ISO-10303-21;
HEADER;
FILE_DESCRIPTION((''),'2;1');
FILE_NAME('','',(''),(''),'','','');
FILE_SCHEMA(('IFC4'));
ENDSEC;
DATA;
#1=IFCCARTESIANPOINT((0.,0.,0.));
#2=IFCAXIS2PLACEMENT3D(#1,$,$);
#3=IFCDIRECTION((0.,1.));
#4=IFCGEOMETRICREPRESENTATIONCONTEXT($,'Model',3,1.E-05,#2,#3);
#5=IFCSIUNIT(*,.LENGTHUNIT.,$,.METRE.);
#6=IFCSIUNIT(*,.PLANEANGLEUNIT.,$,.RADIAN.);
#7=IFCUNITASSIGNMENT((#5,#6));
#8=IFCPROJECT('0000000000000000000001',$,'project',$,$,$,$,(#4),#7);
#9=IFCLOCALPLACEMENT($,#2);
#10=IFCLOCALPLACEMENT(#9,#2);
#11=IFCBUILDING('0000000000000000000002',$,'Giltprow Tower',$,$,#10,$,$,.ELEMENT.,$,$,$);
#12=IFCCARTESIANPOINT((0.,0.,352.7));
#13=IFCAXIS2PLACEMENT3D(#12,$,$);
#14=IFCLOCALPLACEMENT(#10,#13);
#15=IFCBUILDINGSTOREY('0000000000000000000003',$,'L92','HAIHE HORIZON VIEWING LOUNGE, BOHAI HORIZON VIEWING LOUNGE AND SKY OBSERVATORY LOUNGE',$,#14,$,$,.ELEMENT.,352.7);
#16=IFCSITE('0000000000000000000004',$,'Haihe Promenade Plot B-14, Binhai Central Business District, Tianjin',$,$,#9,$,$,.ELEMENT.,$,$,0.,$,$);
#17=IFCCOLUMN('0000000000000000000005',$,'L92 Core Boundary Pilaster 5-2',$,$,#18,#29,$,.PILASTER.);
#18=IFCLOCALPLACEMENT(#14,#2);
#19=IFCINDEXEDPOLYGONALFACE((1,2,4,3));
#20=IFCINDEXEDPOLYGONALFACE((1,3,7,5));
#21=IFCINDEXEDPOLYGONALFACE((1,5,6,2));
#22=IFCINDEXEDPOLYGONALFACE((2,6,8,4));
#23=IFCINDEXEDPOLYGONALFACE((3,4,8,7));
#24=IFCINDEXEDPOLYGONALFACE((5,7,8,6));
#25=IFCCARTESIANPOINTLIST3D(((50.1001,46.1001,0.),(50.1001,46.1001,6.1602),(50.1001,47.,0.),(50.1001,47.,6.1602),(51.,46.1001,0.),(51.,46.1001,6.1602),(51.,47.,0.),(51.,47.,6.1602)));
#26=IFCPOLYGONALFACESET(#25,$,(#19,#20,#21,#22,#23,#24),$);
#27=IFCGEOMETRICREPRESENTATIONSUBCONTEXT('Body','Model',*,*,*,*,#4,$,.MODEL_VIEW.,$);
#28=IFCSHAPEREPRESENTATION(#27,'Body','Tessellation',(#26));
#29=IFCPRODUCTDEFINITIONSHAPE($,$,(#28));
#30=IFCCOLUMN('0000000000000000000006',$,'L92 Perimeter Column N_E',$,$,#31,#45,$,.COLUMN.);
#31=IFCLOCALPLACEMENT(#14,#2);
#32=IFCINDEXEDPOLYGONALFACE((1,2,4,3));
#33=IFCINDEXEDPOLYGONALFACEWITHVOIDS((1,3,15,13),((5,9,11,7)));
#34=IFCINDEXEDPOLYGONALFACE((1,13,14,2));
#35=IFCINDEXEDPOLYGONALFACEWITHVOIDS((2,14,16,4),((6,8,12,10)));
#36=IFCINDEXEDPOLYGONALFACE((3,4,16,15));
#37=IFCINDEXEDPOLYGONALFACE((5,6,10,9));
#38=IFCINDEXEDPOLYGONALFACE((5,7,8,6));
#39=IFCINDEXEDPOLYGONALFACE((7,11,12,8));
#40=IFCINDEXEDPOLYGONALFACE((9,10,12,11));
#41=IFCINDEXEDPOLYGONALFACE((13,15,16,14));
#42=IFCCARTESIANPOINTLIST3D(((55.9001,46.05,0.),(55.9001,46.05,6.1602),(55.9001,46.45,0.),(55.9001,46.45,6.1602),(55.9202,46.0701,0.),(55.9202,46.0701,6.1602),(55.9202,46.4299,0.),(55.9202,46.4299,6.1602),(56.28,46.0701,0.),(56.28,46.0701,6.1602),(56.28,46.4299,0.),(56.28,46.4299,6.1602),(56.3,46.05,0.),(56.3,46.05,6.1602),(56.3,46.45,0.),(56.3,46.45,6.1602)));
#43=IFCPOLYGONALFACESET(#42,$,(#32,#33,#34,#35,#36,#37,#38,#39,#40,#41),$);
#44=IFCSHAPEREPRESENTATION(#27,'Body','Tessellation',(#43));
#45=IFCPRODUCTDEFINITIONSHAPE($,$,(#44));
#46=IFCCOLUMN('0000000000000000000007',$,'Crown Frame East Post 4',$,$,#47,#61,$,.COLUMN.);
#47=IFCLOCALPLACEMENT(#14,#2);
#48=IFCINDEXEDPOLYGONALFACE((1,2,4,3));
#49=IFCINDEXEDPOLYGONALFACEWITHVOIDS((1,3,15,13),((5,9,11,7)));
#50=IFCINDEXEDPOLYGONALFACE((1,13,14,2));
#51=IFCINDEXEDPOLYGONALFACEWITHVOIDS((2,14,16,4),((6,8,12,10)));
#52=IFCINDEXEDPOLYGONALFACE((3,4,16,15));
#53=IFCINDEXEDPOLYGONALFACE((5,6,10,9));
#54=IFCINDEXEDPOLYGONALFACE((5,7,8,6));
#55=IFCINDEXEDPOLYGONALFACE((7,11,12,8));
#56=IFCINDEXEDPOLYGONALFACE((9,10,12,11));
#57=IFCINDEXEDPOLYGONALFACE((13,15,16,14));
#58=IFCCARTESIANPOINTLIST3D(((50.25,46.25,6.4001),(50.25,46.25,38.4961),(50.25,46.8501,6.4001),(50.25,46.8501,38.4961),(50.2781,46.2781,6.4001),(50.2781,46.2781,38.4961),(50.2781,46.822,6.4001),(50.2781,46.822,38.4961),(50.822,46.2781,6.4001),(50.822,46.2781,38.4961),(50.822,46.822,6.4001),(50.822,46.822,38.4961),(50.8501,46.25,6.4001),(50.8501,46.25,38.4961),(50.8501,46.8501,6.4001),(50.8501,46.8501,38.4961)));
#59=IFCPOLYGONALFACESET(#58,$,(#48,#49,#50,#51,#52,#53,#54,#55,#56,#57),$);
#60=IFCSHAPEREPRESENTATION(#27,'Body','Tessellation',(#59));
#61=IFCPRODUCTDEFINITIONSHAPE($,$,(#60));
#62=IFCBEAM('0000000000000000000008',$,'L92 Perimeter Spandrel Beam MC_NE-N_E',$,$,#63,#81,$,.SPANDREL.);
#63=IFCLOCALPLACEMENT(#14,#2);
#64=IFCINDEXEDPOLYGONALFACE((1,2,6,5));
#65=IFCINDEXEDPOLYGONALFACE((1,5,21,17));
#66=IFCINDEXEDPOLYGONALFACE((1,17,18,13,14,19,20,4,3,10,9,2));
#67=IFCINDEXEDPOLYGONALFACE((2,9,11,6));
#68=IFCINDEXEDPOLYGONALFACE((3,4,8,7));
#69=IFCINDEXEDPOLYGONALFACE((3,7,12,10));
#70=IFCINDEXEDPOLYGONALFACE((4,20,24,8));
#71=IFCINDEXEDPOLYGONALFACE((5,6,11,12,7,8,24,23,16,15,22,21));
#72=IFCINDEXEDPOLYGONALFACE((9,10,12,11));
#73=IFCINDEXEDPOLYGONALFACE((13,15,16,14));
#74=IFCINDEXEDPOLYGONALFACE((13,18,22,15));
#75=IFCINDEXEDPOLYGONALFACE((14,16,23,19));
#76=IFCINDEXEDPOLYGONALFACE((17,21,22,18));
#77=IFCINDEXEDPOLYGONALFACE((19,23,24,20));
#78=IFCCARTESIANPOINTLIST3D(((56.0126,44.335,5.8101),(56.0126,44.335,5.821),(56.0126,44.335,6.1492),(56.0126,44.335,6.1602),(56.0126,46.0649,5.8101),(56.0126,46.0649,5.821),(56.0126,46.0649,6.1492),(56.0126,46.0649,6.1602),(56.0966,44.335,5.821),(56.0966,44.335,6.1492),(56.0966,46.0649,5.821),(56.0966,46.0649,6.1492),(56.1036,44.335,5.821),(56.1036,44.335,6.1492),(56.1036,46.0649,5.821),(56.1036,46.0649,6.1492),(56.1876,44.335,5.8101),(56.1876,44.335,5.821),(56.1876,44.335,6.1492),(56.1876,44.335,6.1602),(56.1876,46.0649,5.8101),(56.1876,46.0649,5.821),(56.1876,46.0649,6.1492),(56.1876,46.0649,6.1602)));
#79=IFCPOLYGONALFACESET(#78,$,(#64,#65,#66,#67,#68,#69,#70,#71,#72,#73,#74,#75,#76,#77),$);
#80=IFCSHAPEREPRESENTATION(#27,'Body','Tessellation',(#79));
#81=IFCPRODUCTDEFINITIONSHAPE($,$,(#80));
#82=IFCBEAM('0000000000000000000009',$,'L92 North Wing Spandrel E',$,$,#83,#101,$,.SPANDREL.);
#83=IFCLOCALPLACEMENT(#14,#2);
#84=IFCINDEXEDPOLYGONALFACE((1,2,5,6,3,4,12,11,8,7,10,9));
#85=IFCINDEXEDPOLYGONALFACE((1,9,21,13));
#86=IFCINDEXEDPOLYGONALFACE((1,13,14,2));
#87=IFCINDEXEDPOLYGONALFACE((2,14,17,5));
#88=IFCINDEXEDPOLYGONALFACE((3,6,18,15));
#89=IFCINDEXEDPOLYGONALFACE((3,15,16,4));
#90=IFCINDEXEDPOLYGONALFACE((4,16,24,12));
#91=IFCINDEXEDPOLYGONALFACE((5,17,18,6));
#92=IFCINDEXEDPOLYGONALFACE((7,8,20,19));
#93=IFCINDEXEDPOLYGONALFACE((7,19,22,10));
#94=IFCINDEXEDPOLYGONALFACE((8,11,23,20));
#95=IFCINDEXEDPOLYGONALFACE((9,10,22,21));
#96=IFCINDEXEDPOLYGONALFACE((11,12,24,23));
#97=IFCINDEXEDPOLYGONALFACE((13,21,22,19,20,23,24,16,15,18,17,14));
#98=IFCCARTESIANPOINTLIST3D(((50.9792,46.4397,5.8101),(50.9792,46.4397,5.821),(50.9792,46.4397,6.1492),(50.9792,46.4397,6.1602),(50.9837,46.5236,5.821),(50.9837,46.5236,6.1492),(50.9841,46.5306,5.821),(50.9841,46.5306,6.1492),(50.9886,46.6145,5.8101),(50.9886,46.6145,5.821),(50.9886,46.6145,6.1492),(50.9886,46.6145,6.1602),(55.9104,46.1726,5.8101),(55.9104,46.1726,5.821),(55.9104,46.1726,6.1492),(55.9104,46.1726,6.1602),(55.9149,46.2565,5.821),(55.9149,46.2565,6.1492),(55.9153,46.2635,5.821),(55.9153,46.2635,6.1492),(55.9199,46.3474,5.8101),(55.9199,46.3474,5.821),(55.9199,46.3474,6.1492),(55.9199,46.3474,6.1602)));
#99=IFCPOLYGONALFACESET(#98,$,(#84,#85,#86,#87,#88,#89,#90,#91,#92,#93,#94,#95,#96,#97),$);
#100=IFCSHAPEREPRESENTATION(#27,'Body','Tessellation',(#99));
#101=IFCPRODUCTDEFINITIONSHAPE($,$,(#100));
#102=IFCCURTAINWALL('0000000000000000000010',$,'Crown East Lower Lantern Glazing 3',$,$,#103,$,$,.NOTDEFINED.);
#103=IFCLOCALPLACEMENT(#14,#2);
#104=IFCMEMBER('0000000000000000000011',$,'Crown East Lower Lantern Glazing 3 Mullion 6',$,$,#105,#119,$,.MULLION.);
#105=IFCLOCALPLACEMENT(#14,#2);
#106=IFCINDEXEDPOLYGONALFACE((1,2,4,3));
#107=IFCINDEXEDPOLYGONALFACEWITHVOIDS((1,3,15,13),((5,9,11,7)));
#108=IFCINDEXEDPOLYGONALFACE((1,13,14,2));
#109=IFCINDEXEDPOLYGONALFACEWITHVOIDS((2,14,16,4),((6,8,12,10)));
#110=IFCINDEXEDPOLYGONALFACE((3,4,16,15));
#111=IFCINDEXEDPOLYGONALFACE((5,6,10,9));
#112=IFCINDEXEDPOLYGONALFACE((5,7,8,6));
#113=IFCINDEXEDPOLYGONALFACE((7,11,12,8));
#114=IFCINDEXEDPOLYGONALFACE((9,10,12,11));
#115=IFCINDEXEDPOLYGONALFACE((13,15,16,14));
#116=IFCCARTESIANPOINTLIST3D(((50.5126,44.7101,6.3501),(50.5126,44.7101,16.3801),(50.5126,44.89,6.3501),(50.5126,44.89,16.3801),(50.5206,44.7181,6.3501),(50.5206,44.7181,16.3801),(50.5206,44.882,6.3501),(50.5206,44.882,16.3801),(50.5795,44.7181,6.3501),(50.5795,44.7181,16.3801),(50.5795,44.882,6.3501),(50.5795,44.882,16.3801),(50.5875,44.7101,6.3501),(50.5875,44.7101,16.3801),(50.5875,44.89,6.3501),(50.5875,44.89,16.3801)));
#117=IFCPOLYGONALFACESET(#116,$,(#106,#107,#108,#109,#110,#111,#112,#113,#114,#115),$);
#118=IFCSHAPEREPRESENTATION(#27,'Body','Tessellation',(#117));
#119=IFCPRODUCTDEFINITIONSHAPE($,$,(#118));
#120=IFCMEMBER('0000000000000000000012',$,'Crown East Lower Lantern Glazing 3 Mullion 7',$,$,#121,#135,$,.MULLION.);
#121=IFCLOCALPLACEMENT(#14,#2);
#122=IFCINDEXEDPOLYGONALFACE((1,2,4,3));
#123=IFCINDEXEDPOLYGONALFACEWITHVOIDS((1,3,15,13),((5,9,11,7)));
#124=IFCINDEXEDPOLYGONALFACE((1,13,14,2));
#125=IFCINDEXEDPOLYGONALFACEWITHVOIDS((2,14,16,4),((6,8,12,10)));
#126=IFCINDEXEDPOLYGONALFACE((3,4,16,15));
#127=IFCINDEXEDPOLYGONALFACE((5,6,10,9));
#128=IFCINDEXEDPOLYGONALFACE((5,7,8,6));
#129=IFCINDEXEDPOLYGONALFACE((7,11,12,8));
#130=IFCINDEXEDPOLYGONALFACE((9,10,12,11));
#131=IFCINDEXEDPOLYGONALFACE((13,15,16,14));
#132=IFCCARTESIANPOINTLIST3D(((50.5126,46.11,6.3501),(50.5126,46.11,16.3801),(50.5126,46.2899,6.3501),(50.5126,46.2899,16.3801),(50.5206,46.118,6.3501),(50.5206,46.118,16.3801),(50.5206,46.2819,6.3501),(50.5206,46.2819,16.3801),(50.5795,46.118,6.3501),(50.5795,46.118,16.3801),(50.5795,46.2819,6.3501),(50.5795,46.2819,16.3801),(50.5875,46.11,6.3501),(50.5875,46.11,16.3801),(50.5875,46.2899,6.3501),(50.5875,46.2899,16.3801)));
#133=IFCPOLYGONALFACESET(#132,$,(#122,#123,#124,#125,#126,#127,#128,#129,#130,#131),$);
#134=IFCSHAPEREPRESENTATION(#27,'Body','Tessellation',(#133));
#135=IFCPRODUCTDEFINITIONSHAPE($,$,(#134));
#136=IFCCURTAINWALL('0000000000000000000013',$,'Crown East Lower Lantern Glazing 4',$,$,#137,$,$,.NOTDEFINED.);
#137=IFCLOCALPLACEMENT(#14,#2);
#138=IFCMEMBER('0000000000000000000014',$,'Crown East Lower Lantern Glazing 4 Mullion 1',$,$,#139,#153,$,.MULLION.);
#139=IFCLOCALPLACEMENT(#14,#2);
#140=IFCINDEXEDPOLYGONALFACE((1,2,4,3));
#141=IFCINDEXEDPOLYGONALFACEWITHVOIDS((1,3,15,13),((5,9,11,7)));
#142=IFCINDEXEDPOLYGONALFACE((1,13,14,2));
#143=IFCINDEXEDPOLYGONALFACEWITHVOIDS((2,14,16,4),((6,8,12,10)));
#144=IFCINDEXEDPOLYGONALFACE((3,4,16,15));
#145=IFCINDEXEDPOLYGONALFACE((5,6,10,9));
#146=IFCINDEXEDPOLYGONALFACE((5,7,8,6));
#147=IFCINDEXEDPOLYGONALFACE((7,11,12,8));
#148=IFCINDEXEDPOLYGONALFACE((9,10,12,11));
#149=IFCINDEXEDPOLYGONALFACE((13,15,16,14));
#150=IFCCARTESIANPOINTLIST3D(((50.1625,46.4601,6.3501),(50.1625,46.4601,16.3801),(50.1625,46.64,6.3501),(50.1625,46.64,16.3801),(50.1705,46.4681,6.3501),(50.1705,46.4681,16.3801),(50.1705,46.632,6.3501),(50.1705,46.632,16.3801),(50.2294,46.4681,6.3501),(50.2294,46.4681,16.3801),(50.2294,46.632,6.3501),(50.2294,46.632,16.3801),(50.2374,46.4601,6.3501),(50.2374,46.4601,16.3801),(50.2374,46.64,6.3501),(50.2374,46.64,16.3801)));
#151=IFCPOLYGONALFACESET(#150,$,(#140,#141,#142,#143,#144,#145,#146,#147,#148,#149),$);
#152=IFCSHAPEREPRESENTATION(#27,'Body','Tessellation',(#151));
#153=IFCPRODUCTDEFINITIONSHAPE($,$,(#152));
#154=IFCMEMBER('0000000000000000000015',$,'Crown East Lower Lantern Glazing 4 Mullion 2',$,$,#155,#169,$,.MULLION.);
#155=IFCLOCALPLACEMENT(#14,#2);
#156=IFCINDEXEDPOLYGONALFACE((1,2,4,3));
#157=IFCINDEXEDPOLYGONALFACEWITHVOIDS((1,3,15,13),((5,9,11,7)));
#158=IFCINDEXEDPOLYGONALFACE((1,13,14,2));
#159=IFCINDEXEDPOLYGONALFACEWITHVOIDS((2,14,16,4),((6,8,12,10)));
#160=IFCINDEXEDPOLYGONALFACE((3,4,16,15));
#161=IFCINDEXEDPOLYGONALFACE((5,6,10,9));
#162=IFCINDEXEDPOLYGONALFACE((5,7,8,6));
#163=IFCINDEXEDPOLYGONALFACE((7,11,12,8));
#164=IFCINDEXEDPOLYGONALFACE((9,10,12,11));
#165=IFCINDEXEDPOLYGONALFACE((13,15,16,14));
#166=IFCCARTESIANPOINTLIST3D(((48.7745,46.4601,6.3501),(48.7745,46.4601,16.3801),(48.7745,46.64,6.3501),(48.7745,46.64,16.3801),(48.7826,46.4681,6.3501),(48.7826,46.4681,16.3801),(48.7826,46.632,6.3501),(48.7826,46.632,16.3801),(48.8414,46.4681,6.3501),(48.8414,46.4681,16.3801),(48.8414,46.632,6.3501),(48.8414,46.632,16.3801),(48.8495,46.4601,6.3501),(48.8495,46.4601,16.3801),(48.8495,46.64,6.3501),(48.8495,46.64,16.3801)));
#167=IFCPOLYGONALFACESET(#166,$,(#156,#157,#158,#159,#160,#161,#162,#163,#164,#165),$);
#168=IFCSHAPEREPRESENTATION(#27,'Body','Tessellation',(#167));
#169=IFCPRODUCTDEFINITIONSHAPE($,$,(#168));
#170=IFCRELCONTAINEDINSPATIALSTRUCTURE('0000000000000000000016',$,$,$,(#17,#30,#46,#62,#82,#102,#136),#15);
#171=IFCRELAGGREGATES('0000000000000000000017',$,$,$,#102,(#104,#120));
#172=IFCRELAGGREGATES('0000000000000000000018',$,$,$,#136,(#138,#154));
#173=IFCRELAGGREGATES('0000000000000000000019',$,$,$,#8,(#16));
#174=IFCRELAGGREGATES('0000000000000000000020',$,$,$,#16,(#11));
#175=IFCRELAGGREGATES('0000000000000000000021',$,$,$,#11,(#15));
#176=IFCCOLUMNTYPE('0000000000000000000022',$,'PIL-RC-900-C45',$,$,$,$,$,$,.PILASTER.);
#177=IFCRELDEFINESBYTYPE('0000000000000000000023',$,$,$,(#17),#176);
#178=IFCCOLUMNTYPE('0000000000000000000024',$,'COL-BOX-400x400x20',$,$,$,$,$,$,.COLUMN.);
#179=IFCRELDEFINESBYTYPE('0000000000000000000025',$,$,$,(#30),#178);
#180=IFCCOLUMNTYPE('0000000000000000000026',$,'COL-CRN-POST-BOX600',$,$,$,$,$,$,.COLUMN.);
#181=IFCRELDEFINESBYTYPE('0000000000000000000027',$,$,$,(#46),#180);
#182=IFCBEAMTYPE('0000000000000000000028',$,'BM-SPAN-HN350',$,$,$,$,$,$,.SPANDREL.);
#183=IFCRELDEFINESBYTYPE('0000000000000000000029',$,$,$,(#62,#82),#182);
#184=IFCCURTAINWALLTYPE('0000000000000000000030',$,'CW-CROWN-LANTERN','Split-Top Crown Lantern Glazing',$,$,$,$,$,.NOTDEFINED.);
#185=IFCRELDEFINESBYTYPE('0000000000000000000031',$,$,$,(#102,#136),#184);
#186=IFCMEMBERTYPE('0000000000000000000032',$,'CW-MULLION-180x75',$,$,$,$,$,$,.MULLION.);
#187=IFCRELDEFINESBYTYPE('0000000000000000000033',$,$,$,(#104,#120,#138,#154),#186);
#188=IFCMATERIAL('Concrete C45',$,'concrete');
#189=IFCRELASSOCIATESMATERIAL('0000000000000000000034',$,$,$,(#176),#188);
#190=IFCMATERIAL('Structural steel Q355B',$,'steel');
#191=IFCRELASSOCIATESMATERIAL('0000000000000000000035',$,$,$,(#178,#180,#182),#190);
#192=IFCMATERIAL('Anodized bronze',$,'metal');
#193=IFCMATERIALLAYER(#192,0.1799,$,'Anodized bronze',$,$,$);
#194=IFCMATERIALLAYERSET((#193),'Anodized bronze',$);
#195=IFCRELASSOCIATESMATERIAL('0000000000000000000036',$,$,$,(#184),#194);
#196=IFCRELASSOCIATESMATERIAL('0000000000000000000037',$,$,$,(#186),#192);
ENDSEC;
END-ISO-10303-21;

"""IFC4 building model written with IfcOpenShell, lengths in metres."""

from ifc_helpers import new_model, si_unit, direction, frame, origin, origin_2d, place, context, subcontext, project, spatial, rectangle, hollow_rectangle, i_section, extrude, source, transform, mapped, material, layer, layer_set, material_profile, profile_set, type_object, element, aggregate, save


model = new_model("IFC4")

# Units and contexts
model_context = context("Model", 3, precision=1e-05, world=origin(), true_north=direction((0.0, 1.0)))
body_context = subcontext(model_context, "Body", "Model", "MODEL_VIEW")
ifc_project = project(units=[si_unit("LENGTHUNIT", "METRE"), si_unit("PLANEANGLEUNIT", "RADIAN")], contexts=[model_context])

# Site, building, storey
site_placement = place(None, origin())
site = spatial("IfcSite", under=ifc_project, at=site_placement, Name="Haihe Promenade Plot B-14, Binhai Central Business District, Tianjin", CompositionType="ELEMENT", RefElevation=0.0)
building_placement = place(site_placement, origin())
building = spatial("IfcBuilding", under=site, at=building_placement, Name="Giltprow Tower", CompositionType="ELEMENT")
storey_placement = place(building_placement, frame((0.0, 0.0, 352.7)))
storey = spatial("IfcBuildingStorey", under=building, at=storey_placement, Name="L92", Description="HAIHE HORIZON VIEWING LOUNGE, BOHAI HORIZON VIEWING LOUNGE AND SKY OBSERVATORY LOUNGE", CompositionType="ELEMENT", Elevation=352.7)

# Columns
ifc_material_1 = material(Name="Concrete C45", Category="concrete")
ifc_material_profile_1 = material_profile(ifc_material_1, rectangle(XDim=0.8999, YDim=0.8999, at=origin_2d()), Name="RC 900x900")
ifc_profile_set_1 = profile_set([ifc_material_profile_1], Name="Concrete C45")
column_type_1 = type_object("IfcColumnType", Name="PIL-RC-900-C45", PredefinedType="PILASTER", material=ifc_profile_set_1)
shared_shape_1 = source(origin(), body_context, "Body", "SweptSolid", [
    extrude(rectangle(XDim=0.8999, YDim=0.8999, at=origin_2d()), origin(), (0.0, 0.0, 1.0), 6.1602),
])
column_1_placement = place(storey_placement, frame((50.55, 46.55, 0.0), z_axis=(0.0, 0.0, 1.0), x_axis=(1.0, 0.0, 0.0)))
element("IfcColumn", 1, at=column_1_placement, inside=storey, type_object=column_type_1, Name="L92 Core Boundary Pilaster 5-2", PredefinedType="PILASTER", context=body_context, shape_type="MappedRepresentation", body=[
    mapped(shared_shape_1, transform((0.0, 0.0, 0.0), x_axis=(1.0, 0.0, 0.0), y_axis=(0.0, 1.0, 0.0), z_axis=(0.0, 0.0, 1.0), scale=1.0)),
])
ifc_material_2 = material(Name="Structural steel Q355B", Category="steel")
ifc_material_profile_2 = material_profile(ifc_material_2, hollow_rectangle(XDim=0.3999, YDim=0.3999, WallThickness=0.02, at=origin_2d()), Name="BOX 400x400x20")
ifc_profile_set_2 = profile_set([ifc_material_profile_2], Name="Structural steel Q355B")
column_type_2 = type_object("IfcColumnType", Name="COL-BOX-400x400x20", PredefinedType="COLUMN", material=ifc_profile_set_2)
shared_shape_2 = source(origin(), body_context, "Body", "SweptSolid", [
    extrude(hollow_rectangle(XDim=0.3999, YDim=0.3999, WallThickness=0.02, at=origin_2d()), origin(), (0.0, 0.0, 1.0), 6.1602),
])
column_2_placement = place(storey_placement, frame((56.1001, 46.25, 0.0), z_axis=(0.0, 0.0, 1.0), x_axis=(1.0, 0.0, 0.0)))
element("IfcColumn", 2, at=column_2_placement, inside=storey, type_object=column_type_2, Name="L92 Perimeter Column N_E", PredefinedType="COLUMN", context=body_context, shape_type="MappedRepresentation", body=[
    mapped(shared_shape_2, transform((0.0, 0.0, 0.0), x_axis=(1.0, 0.0, 0.0), y_axis=(0.0, 1.0, 0.0), z_axis=(0.0, 0.0, 1.0), scale=1.0)),
])
ifc_material_profile_3 = material_profile(ifc_material_2, hollow_rectangle(XDim=0.6001, YDim=0.6001, WallThickness=0.0281, at=origin_2d()), Name="BOX 600x600x28")
ifc_profile_set_3 = profile_set([ifc_material_profile_3], Name="Structural steel Q355B")
column_type_3 = type_object("IfcColumnType", Name="COL-CRN-POST-BOX600", PredefinedType="COLUMN", material=ifc_profile_set_3)
shared_shape_3 = source(origin(), body_context, "Body", "SweptSolid", [
    extrude(hollow_rectangle(XDim=0.6001, YDim=0.6001, WallThickness=0.0281, at=origin_2d()), origin(), (0.0, 0.0, 1.0), 32.0959),
])
column_3_placement = place(storey_placement, frame((50.55, 46.55, 6.4001), z_axis=(0.0, 0.0, 1.0), x_axis=(1.0, 0.0, 0.0)))
element("IfcColumn", 3, at=column_3_placement, inside=storey, type_object=column_type_3, Name="Crown Frame East Post 4", PredefinedType="COLUMN", context=body_context, shape_type="MappedRepresentation", body=[
    mapped(shared_shape_3, transform((0.0, 0.0, 0.0), x_axis=(1.0, 0.0, 0.0), y_axis=(0.0, 1.0, 0.0), z_axis=(0.0, 0.0, 1.0), scale=1.0)),
])

# Beams
ifc_material_profile_4 = material_profile(ifc_material_2, i_section(OverallWidth=0.175, OverallDepth=0.3501, WebThickness=0.0071, FlangeThickness=0.011, at=origin_2d()), Name="HN 350x175x7x11")
ifc_profile_set_4 = profile_set([ifc_material_profile_4], Name="Structural steel Q355B")
beam_type = type_object("IfcBeamType", Name="BM-SPAN-HN350", PredefinedType="SPANDREL", material=ifc_profile_set_4)
shared_shape_4 = source(origin(), body_context, "Body", "SweptSolid", [
    extrude(i_section(OverallWidth=0.175, OverallDepth=0.3501, WebThickness=0.0071, FlangeThickness=0.011, at=origin_2d()), origin(), (0.0, 0.0, 1.0), 1.73),
])
beam_1_placement = place(storey_placement, frame((56.1001, 44.335, 5.9851), z_axis=(0.0, 1.0, 0.0), x_axis=(-1.0, 0.0, 0.0)))
element("IfcBeam", 4, at=beam_1_placement, inside=storey, type_object=beam_type, Name="L92 Perimeter Spandrel Beam MC_NE-N_E", PredefinedType="SPANDREL", context=body_context, shape_type="MappedRepresentation", body=[
    mapped(shared_shape_4, transform((0.0, 0.0, 0.0), x_axis=(1.0, 0.0, 0.0), y_axis=(0.0, 1.0, 0.0), z_axis=(0.0, 0.0, 1.0), scale=1.0)),
])
shared_shape_5 = source(origin(), body_context, "Body", "SweptSolid", [
    extrude(i_section(OverallWidth=0.175, OverallDepth=0.3501, WebThickness=0.0071, FlangeThickness=0.011, at=origin_2d()), origin(), (0.0, 0.0, 1.0), 4.9385),
])
beam_2_placement = place(storey_placement, frame((50.9839, 46.5271, 5.9851), z_axis=(0.998536, -0.054085, 0.0), x_axis=(0.054085, 0.998536, 0.0)))
element("IfcBeam", 5, at=beam_2_placement, inside=storey, type_object=beam_type, Name="L92 North Wing Spandrel E", PredefinedType="SPANDREL", context=body_context, shape_type="MappedRepresentation", body=[
    mapped(shared_shape_5, transform((0.0, 0.0, 0.0), x_axis=(1.0, 0.0, 0.0), y_axis=(0.0, 1.0, 0.0), z_axis=(0.0, 0.0, 1.0), scale=1.0)),
])

# Curtain walls, members
ifc_material_3 = material(Name="Anodized bronze", Category="metal")
ifc_layer_1 = layer(ifc_material_3, 0.1799, Name="Anodized bronze")
ifc_layer_set_1 = layer_set([ifc_layer_1], Name="Anodized bronze")
curtain_wall_type = type_object("IfcCurtainWallType", Name="CW-CROWN-LANTERN", Description="Split-Top Crown Lantern Glazing", PredefinedType="NOTDEFINED", material=ifc_layer_set_1)
curtain_wall_1_placement = place(storey_placement, origin())
curtain_wall_1 = element("IfcCurtainWall", 6, at=curtain_wall_1_placement, inside=storey, type_object=curtain_wall_type, Name="Crown East Lower Lantern Glazing 3", PredefinedType="NOTDEFINED")
ifc_material_profile_5 = material_profile(ifc_material_3, hollow_rectangle(XDim=0.075, YDim=0.1799, WallThickness=0.0081, at=origin_2d()), Name="RHS 180x75x8")
ifc_profile_set_5 = profile_set([ifc_material_profile_5], Name="Anodized bronze")
member_type_1 = type_object("IfcMemberType", Name="CW-MULLION-180x75", PredefinedType="MULLION", material=ifc_profile_set_5)
shared_shape_6 = source(origin(), body_context, "Body", "SweptSolid", [
    extrude(hollow_rectangle(XDim=0.075, YDim=0.1799, WallThickness=0.0081, at=origin_2d()), origin(), (0.0, 0.0, 1.0), 10.03),
])
member_1_placement = place(storey_placement, frame((50.55, 44.8, 6.3501), z_axis=(0.0, 0.0, 1.0), x_axis=(1.0, 0.0, 0.0)))
member_1 = element("IfcMember", 7, at=member_1_placement, type_object=member_type_1, Name="Crown East Lower Lantern Glazing 3 Mullion 6", PredefinedType="MULLION", context=body_context, shape_type="MappedRepresentation", body=[
    mapped(shared_shape_6, transform((0.0, 0.0, 0.0), x_axis=(1.0, 0.0, 0.0), y_axis=(0.0, 1.0, 0.0), z_axis=(0.0, 0.0, 1.0), scale=1.0)),
])
member_2_placement = place(storey_placement, frame((50.55, 46.2, 6.3501), z_axis=(0.0, 0.0, 1.0), x_axis=(1.0, 0.0, 0.0)))
member_2 = element("IfcMember", 8, at=member_2_placement, type_object=member_type_1, Name="Crown East Lower Lantern Glazing 3 Mullion 7", PredefinedType="MULLION", context=body_context, shape_type="MappedRepresentation", body=[
    mapped(shared_shape_6, transform((0.0, 0.0, 0.0), x_axis=(1.0, 0.0, 0.0), y_axis=(0.0, 1.0, 0.0), z_axis=(0.0, 0.0, 1.0), scale=1.0)),
])
curtain_wall_2_placement = place(storey_placement, origin())
curtain_wall_2 = element("IfcCurtainWall", 9, at=curtain_wall_2_placement, inside=storey, type_object=curtain_wall_type, Name="Crown East Lower Lantern Glazing 4", PredefinedType="NOTDEFINED")
member_3_placement = place(storey_placement, frame((50.2, 46.55, 6.3501), z_axis=(0.0, 0.0, 1.0), x_axis=(1.0, 0.0, 0.0)))
member_3 = element("IfcMember", 10, at=member_3_placement, type_object=member_type_1, Name="Crown East Lower Lantern Glazing 4 Mullion 1", PredefinedType="MULLION", context=body_context, shape_type="MappedRepresentation", body=[
    mapped(shared_shape_6, transform((0.0, 0.0, 0.0), x_axis=(1.0, 0.0, 0.0), y_axis=(0.0, 1.0, 0.0), z_axis=(0.0, 0.0, 1.0), scale=1.0)),
])
member_4_placement = place(storey_placement, frame((48.812, 46.55, 6.3501), z_axis=(0.0, 0.0, 1.0), x_axis=(1.0, 0.0, 0.0)))
member_4 = element("IfcMember", 11, at=member_4_placement, type_object=member_type_1, Name="Crown East Lower Lantern Glazing 4 Mullion 2", PredefinedType="MULLION", context=body_context, shape_type="MappedRepresentation", body=[
    mapped(shared_shape_6, transform((0.0, 0.0, 0.0), x_axis=(1.0, 0.0, 0.0), y_axis=(0.0, 1.0, 0.0), z_axis=(0.0, 0.0, 1.0), scale=1.0)),
])

aggregate(curtain_wall_1, [member_1, member_2])
aggregate(curtain_wall_2, [member_3, member_4])

save(model, "model.ifc")
